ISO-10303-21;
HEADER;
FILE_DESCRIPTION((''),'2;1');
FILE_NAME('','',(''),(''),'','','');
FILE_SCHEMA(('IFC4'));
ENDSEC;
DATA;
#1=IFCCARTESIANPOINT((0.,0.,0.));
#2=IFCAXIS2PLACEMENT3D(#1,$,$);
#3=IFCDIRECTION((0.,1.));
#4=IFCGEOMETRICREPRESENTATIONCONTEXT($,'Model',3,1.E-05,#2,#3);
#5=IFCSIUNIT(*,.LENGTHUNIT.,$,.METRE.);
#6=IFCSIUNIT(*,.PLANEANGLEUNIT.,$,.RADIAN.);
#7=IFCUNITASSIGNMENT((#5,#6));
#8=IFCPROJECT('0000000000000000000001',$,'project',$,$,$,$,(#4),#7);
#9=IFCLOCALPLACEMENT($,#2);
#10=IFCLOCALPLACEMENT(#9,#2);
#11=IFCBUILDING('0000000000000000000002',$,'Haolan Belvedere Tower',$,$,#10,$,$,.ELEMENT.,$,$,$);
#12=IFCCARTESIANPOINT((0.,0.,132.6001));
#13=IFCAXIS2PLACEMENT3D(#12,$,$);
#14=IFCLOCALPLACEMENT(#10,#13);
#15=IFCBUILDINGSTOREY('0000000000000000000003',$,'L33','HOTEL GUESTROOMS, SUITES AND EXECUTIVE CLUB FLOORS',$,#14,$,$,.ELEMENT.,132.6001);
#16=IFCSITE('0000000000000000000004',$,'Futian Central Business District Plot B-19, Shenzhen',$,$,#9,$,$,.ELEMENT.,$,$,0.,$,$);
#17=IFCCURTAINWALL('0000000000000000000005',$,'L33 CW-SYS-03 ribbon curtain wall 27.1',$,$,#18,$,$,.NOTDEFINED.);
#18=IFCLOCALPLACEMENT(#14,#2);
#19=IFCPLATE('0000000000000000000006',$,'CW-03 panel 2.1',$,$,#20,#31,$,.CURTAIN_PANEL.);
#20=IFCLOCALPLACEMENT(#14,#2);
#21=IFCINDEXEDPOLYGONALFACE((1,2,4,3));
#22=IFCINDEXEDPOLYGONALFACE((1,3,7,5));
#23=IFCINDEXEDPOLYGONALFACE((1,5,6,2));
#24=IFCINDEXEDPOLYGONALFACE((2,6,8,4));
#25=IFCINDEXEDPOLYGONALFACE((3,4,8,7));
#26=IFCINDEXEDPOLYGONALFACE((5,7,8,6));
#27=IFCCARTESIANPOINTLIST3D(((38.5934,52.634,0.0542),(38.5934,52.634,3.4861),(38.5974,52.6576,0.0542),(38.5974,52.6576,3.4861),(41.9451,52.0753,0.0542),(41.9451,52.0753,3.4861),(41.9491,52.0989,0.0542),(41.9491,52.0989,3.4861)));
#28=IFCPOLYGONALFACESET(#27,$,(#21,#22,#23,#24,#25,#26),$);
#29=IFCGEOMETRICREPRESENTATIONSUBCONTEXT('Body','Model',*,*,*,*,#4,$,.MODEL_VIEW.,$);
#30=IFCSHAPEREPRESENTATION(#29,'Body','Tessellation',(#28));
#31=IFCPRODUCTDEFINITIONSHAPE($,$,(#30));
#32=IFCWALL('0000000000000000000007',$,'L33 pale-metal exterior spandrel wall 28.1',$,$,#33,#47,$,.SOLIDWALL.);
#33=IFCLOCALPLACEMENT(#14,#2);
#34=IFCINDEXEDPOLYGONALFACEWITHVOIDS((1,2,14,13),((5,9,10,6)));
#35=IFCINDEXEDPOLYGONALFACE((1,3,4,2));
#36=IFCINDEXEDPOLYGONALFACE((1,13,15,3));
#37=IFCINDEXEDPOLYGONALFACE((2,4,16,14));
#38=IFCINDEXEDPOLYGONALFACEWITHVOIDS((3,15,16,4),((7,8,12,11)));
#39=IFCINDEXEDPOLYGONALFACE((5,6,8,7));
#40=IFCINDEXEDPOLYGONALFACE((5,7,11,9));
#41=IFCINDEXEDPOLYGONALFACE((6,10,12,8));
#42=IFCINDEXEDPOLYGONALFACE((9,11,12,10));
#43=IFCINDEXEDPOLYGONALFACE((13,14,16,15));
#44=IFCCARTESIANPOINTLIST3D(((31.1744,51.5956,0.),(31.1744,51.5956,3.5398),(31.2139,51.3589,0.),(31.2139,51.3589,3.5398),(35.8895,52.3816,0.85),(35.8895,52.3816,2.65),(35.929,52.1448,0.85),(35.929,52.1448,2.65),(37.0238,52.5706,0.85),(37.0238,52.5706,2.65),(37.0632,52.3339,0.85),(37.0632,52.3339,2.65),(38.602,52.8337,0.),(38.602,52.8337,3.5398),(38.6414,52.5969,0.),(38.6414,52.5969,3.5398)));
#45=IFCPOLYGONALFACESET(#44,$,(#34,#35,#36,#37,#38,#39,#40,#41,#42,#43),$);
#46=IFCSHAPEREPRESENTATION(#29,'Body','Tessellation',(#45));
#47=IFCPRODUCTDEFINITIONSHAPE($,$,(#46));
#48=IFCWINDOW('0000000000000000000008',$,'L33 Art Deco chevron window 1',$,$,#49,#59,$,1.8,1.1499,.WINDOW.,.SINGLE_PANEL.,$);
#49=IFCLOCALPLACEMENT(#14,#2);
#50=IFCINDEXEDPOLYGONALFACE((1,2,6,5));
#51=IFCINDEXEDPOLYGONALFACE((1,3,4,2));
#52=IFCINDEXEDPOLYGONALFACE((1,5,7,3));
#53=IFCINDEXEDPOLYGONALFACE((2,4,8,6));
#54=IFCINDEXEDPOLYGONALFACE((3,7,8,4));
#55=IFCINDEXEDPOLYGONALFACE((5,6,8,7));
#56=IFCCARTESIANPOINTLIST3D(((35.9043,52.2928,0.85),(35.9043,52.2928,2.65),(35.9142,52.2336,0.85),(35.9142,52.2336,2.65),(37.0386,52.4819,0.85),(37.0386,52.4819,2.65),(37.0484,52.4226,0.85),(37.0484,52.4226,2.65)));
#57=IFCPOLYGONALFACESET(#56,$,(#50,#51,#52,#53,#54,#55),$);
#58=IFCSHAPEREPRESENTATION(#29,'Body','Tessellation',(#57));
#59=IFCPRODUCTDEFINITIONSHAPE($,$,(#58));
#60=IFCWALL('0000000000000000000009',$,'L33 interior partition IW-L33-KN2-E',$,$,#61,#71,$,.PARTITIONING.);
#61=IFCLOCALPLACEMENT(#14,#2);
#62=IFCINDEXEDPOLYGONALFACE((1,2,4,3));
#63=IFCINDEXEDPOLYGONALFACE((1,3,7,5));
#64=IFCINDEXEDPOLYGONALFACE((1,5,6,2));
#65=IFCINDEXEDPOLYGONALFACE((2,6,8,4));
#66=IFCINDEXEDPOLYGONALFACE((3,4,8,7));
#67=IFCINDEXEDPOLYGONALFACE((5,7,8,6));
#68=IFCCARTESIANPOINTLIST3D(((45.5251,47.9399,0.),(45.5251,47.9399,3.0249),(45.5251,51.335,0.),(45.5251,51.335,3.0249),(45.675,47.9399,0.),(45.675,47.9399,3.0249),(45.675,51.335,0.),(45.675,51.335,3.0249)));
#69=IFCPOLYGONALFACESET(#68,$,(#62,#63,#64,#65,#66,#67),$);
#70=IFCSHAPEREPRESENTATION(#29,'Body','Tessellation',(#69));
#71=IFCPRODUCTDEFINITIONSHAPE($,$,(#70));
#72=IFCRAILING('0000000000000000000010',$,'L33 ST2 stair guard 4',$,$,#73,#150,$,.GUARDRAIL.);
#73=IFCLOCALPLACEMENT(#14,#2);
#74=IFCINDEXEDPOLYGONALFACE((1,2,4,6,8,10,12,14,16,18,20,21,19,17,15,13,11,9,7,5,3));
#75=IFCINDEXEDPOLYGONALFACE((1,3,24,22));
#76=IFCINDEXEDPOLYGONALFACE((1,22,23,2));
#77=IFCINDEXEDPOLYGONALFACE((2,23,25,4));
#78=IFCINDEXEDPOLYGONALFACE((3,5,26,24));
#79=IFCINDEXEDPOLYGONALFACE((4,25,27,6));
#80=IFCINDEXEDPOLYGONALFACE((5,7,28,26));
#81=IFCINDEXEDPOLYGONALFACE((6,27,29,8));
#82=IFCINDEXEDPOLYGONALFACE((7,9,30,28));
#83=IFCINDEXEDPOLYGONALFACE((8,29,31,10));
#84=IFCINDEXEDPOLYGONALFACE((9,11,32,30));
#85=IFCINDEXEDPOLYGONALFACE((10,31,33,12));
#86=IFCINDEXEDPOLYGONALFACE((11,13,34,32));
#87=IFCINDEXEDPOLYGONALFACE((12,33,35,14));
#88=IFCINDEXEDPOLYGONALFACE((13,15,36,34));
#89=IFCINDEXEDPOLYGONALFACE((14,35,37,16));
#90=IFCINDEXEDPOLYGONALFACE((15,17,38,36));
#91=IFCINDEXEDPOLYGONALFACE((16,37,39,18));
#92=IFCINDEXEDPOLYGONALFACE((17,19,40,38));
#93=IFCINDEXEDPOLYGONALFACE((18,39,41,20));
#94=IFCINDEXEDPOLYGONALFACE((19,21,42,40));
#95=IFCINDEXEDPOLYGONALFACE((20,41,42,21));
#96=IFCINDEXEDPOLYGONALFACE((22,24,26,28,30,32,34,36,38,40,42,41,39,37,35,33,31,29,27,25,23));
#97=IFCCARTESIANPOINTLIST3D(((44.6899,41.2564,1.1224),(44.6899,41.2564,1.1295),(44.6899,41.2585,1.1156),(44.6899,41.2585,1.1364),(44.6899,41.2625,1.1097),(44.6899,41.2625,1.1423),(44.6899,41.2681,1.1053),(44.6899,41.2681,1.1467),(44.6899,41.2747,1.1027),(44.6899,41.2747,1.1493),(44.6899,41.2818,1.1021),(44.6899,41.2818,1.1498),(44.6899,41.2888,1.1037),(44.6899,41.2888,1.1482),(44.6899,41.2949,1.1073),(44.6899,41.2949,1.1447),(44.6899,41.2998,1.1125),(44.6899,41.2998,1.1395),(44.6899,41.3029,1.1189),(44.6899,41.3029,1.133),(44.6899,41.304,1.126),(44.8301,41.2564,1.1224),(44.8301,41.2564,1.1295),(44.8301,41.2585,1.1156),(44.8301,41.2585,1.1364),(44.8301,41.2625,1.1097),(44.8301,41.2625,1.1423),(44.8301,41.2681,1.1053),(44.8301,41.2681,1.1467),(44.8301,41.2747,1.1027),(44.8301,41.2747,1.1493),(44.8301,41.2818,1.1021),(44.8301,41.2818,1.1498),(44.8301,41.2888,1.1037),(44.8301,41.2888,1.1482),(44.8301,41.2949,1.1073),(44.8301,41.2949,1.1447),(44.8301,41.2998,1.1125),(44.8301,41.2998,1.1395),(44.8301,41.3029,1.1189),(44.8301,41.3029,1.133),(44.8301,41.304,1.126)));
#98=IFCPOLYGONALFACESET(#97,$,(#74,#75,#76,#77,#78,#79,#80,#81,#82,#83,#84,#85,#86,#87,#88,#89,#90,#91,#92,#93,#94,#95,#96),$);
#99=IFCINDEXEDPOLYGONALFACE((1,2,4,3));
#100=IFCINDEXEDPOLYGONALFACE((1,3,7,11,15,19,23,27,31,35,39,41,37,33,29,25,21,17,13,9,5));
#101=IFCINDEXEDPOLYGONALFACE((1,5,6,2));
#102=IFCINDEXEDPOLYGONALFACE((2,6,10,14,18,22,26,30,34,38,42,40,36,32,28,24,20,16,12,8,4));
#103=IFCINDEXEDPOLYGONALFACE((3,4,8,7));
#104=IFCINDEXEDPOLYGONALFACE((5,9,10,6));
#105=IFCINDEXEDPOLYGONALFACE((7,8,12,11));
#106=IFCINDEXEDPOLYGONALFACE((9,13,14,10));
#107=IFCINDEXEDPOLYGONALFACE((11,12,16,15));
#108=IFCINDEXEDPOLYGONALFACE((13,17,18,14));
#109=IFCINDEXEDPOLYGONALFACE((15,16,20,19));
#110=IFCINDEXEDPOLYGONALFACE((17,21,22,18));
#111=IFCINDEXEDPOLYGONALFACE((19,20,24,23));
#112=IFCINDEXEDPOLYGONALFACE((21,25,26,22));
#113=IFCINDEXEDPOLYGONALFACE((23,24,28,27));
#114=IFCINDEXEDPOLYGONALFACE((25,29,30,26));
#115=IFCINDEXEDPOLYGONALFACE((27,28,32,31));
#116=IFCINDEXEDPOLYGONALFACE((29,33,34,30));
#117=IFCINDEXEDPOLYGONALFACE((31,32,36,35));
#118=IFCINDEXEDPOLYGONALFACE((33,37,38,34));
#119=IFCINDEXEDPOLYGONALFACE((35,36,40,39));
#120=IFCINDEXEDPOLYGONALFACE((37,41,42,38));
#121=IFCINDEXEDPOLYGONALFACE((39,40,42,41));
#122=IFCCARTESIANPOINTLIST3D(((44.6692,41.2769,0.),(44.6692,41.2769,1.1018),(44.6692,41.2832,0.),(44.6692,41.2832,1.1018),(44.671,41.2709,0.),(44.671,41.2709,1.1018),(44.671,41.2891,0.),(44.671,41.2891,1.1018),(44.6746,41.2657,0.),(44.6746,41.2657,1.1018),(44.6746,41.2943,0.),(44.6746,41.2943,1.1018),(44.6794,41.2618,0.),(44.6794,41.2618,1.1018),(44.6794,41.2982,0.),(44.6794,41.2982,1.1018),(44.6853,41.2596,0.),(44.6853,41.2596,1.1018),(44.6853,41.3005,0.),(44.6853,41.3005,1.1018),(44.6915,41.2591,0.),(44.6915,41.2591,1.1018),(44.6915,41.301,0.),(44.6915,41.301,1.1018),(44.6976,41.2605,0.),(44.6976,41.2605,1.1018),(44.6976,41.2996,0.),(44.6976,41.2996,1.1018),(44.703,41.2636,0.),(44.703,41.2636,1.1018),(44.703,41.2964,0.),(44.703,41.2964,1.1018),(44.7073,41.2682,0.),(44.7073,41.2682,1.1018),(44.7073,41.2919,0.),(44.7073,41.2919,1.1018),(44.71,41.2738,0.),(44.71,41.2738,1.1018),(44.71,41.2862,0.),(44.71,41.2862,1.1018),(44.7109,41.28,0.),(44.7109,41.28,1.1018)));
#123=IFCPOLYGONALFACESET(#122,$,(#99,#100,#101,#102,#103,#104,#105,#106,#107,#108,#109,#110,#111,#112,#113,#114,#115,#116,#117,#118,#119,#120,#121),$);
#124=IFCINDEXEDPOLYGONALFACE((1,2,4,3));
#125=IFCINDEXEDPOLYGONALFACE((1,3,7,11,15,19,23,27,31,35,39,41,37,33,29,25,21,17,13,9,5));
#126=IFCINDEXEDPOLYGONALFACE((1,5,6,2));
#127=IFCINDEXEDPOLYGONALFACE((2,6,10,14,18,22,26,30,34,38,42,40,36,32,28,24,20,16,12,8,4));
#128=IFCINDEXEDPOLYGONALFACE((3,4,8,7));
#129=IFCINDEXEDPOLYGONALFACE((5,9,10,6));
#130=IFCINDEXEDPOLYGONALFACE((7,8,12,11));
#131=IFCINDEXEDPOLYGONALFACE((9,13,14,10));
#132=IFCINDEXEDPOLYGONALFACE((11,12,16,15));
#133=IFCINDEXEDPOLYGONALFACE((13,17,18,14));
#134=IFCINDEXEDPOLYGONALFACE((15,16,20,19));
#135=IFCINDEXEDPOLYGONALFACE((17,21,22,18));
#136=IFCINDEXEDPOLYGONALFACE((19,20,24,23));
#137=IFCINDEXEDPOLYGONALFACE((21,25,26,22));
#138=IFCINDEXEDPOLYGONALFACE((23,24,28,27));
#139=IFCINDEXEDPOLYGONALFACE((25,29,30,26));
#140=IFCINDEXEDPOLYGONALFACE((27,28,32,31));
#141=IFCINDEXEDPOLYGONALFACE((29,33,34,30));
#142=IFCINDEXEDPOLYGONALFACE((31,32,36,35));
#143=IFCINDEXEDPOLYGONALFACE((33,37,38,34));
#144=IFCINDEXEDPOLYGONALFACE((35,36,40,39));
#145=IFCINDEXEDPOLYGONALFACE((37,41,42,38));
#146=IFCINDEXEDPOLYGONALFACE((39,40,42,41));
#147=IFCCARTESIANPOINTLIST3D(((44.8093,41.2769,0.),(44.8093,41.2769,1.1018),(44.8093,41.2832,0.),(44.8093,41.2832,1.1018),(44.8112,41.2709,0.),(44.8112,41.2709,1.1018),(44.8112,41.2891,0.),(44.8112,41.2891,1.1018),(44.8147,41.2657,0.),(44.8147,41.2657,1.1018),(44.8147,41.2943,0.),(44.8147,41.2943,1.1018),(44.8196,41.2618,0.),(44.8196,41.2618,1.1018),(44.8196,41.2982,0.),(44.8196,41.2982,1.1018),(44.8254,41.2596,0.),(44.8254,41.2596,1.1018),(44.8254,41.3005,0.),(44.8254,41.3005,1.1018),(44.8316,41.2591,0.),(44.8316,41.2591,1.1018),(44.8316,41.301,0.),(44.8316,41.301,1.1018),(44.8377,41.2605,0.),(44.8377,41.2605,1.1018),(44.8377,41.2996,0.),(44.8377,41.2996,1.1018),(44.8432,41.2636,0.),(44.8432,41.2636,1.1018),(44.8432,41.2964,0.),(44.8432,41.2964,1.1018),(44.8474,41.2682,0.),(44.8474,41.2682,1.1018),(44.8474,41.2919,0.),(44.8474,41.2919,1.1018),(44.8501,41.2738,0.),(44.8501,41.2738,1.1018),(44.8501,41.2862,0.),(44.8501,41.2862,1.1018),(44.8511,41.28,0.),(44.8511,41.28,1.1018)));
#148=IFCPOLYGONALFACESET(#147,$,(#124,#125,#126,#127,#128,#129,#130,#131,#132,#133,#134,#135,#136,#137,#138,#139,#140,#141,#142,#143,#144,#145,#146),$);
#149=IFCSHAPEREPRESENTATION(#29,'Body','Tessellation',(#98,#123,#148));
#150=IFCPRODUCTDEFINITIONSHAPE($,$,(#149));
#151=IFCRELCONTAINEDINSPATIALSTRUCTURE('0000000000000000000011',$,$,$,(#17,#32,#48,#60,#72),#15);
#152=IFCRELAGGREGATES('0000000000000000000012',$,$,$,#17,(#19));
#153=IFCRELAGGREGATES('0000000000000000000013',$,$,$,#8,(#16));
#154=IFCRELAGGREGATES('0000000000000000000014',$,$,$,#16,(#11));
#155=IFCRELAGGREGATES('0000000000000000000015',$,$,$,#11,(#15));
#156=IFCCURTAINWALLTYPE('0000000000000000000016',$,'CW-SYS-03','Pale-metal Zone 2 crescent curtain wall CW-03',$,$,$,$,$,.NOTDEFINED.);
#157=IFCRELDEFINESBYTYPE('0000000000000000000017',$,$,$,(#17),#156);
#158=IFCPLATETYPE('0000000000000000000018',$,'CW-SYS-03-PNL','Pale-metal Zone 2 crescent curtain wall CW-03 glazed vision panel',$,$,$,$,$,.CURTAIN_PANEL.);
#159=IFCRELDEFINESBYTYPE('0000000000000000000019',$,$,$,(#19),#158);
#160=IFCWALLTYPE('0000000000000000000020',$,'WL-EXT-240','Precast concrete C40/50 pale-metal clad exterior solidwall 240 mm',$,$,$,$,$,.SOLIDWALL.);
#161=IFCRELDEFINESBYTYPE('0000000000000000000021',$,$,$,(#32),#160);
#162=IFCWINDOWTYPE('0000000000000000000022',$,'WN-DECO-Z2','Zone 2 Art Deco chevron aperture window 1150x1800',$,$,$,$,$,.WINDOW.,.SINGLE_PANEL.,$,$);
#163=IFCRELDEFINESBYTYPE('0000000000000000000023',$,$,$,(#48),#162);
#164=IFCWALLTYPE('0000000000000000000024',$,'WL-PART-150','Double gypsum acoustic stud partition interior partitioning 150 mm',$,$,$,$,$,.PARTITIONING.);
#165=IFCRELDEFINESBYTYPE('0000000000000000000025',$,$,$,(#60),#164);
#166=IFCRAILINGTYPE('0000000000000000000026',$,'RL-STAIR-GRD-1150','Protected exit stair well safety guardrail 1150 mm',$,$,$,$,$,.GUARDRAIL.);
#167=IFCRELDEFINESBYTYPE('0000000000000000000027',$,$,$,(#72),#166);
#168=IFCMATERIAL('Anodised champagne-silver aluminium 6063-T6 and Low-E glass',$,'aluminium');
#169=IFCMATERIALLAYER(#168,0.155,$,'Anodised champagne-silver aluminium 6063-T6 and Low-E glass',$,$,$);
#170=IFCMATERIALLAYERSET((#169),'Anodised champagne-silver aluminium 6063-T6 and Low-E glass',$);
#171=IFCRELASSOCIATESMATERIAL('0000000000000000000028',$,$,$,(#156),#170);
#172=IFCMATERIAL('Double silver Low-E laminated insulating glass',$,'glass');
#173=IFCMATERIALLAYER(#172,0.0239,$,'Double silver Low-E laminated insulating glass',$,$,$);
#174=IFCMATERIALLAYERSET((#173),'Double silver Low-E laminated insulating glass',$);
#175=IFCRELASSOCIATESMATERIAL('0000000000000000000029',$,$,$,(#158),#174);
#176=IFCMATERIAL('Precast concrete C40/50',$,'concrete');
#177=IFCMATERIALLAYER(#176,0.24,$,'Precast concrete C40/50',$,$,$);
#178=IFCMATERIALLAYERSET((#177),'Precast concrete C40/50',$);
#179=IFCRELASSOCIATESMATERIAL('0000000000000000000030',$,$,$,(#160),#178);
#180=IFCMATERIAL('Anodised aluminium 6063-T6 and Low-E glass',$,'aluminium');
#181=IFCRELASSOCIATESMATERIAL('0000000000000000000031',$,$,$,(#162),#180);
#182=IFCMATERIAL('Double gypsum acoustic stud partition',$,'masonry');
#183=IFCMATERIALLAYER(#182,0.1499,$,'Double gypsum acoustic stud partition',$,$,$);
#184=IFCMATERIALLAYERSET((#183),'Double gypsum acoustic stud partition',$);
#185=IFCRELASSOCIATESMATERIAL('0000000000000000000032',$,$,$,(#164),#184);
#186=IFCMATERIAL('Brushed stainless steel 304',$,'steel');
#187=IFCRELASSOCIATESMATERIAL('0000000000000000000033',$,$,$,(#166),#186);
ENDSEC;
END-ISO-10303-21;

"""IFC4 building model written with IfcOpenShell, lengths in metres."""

from ifc_helpers import new_model, si_unit, direction, frame, frame_2d, origin, origin_2d, place, context, subcontext, project, spatial, rectangle, circle, extrude, material, layer, layer_set, type_object, element, fill, aggregate, save


model = new_model("IFC4")

# Units and contexts
model_context = context("Model", 3, precision=1e-05, world=origin(), true_north=direction((0.0, 1.0)))
body_context = subcontext(model_context, "Body", "Model", "MODEL_VIEW")
ifc_project = project(units=[si_unit("LENGTHUNIT", "METRE"), si_unit("PLANEANGLEUNIT", "RADIAN")], contexts=[model_context])

# Site, building, storey
site_placement = place(None, origin())
site = spatial("IfcSite", under=ifc_project, at=site_placement, Name="Futian Central Business District Plot B-19, Shenzhen", CompositionType="ELEMENT", RefElevation=0.0)
building_placement = place(site_placement, origin())
building = spatial("IfcBuilding", under=site, at=building_placement, Name="Haolan Belvedere Tower", CompositionType="ELEMENT")
storey_placement = place(building_placement, frame((0.0, 0.0, 132.6001)))
storey = spatial("IfcBuildingStorey", under=building, at=storey_placement, Name="L33", Description="HOTEL GUESTROOMS, SUITES AND EXECUTIVE CLUB FLOORS", CompositionType="ELEMENT", Elevation=132.6001)

# Shared definitions
ifc_material_1 = material(Name="Anodised champagne-silver aluminium 6063-T6 and Low-E glass", Category="aluminium")
ifc_layer_1 = layer(ifc_material_1, 0.155, Name="Anodised champagne-silver aluminium 6063-T6 and Low-E glass")
ifc_layer_set_1 = layer_set([ifc_layer_1], Name="Anodised champagne-silver aluminium 6063-T6 and Low-E glass")
curtain_wall_type = type_object("IfcCurtainWallType", Name="CW-SYS-03", Description="Pale-metal Zone 2 crescent curtain wall CW-03", PredefinedType="NOTDEFINED", material=ifc_layer_set_1)

# Curtain wall, plate
curtain_wall_1_placement = place(storey_placement, origin())
curtain_wall_1 = element("IfcCurtainWall", 1, at=curtain_wall_1_placement, inside=storey, type_object=curtain_wall_type, Name="L33 CW-SYS-03 ribbon curtain wall 27.1", PredefinedType="NOTDEFINED")
ifc_material_2 = material(Name="Double silver Low-E laminated insulating glass", Category="glass")
ifc_layer_2 = layer(ifc_material_2, 0.0239, Name="Double silver Low-E laminated insulating glass")
ifc_layer_set_2 = layer_set([ifc_layer_2], Name="Double silver Low-E laminated insulating glass")
plate_type = type_object("IfcPlateType", Name="CW-SYS-03-PNL", Description="Pale-metal Zone 2 crescent curtain wall CW-03 glazed vision panel", PredefinedType="CURTAIN_PANEL", material=ifc_layer_set_2)
plate_1_placement = place(storey_placement, frame((40.2712, 52.3665, 0.0542), z_axis=(0.0, 0.0, 1.0), x_axis=(-0.986393, 0.164404, 0.0)))
plate_1 = element("IfcPlate", 2, at=plate_1_placement, type_object=plate_type, Name="CW-03 panel 2.1", PredefinedType="CURTAIN_PANEL", context=body_context, shape_type="SweptSolid", body=[
    extrude(rectangle(XDim=3.3979, YDim=0.0239, at=origin_2d()), origin(), (0.0, 0.0, 1.0), 3.4319),
])
aggregate(curtain_wall_1, [plate_1])

# Wall, opening, window
ifc_material_3 = material(Name="Precast concrete C40/50", Category="concrete")
ifc_layer_3 = layer(ifc_material_3, 0.24, Name="Precast concrete C40/50")
ifc_layer_set_3 = layer_set([ifc_layer_3], Name="Precast concrete C40/50")
wall_type_1 = type_object("IfcWallType", Name="WL-EXT-240", Description="Precast concrete C40/50 pale-metal clad exterior solidwall 240 mm", PredefinedType="SOLIDWALL", material=ifc_layer_set_3)
wall_1_placement = place(storey_placement, frame((38.6218, 52.7153, 0.0), z_axis=(0.0, 0.0, 1.0), x_axis=(-0.986391, -0.164415, 0.0)))
wall_1 = element("IfcWall", 3, at=wall_1_placement, inside=storey, type_object=wall_type_1, Name="L33 pale-metal exterior spandrel wall 28.1", PredefinedType="SOLIDWALL", context=body_context, shape_type="SweptSolid", body=[
    extrude(rectangle(XDim=7.53, YDim=0.24, at=frame_2d((3.7651, 0.0))), origin(), (0.0, 0.0, 1.0), 3.5398),
])
opening_1_placement = place(wall_1_placement, frame((1.6001, 0.0, 0.8501)))
opening_1 = element("IfcOpeningElement", 4, at=opening_1_placement, cuts=wall_1, PredefinedType="OPENING", context=body_context, shape_type="SweptSolid", body=[
    extrude(rectangle(XDim=1.1499, YDim=1.8, at=frame_2d((0.575, 0.8999))), frame((0.0, 0.1299, 0.0), z_axis=(0.0, -1.0, 0.0), x_axis=(1.0, 0.0, 0.0)), (0.0, 0.0, 1.0), 0.26),
])
ifc_material_4 = material(Name="Anodised aluminium 6063-T6 and Low-E glass", Category="aluminium")
window_type = type_object("IfcWindowType", Name="WN-DECO-Z2", Description="Zone 2 Art Deco chevron aperture window 1150x1800", PartitioningType="SINGLE_PANEL", PredefinedType="WINDOW", material=ifc_material_4)
window_placement = place(opening_1_placement, origin())
window = element("IfcWindow", 5, at=window_placement, inside=storey, type_object=window_type, Name="L33 Art Deco chevron window 1", OverallHeight=1.8, OverallWidth=1.1499, PartitioningType="SINGLE_PANEL", PredefinedType="WINDOW", context=body_context, shape_type="SweptSolid", body=[
    extrude(rectangle(XDim=1.1499, YDim=1.8, at=frame_2d((0.575, 0.8999))), frame((0.0, 0.03, 0.0), z_axis=(0.0, -1.0, 0.0), x_axis=(1.0, 0.0, 0.0)), (0.0, 0.0, 1.0), 0.0601),
])
fill(opening_1, window)

# Wall
ifc_material_5 = material(Name="Double gypsum acoustic stud partition", Category="masonry")
ifc_layer_4 = layer(ifc_material_5, 0.1499, Name="Double gypsum acoustic stud partition")
ifc_layer_set_4 = layer_set([ifc_layer_4], Name="Double gypsum acoustic stud partition")
wall_type_2 = type_object("IfcWallType", Name="WL-PART-150", Description="Double gypsum acoustic stud partition interior partitioning 150 mm", PredefinedType="PARTITIONING", material=ifc_layer_set_4)
wall_2_placement = place(storey_placement, frame((45.6001, 47.9399, 0.0), z_axis=(0.0, 0.0, 1.0), x_axis=(0.0, 1.0, 0.0)))
element("IfcWall", 6, at=wall_2_placement, inside=storey, type_object=wall_type_2, Name="L33 interior partition IW-L33-KN2-E", PredefinedType="PARTITIONING", context=body_context, shape_type="SweptSolid", body=[
    extrude(rectangle(XDim=3.395, YDim=0.1499, at=frame_2d((1.6975, 0.0))), origin(), (0.0, 0.0, 1.0), 3.0249),
])

# Railing
ifc_material_6 = material(Name="Brushed stainless steel 304", Category="steel")
railing_type = type_object("IfcRailingType", Name="RL-STAIR-GRD-1150", Description="Protected exit stair well safety guardrail 1150 mm", PredefinedType="GUARDRAIL", material=ifc_material_6)
railing_placement = place(storey_placement, frame((44.6899, 41.28, 0.0)))
element("IfcRailing", 7, at=railing_placement, inside=storey, type_object=railing_type, Name="L33 ST2 stair guard 4", PredefinedType="GUARDRAIL", context=body_context, shape_type="SweptSolid", body=[
    extrude(circle(Radius=0.0239, at=origin_2d()), frame((0.0, 0.0, 1.126), z_axis=(1.0, 0.0, 0.0), x_axis=(0.0, 1.0, 0.0)), (0.0, 0.0, 1.0), 0.1401),
    extrude(circle(Radius=0.021, at=origin_2d()), origin(), (0.0, 0.0, 1.0), 1.1018),
    extrude(circle(Radius=0.021, at=origin_2d()), frame((0.1401, 0.0, 0.0)), (0.0, 0.0, 1.0), 1.1018),
])

save(model, "model.ifc")
